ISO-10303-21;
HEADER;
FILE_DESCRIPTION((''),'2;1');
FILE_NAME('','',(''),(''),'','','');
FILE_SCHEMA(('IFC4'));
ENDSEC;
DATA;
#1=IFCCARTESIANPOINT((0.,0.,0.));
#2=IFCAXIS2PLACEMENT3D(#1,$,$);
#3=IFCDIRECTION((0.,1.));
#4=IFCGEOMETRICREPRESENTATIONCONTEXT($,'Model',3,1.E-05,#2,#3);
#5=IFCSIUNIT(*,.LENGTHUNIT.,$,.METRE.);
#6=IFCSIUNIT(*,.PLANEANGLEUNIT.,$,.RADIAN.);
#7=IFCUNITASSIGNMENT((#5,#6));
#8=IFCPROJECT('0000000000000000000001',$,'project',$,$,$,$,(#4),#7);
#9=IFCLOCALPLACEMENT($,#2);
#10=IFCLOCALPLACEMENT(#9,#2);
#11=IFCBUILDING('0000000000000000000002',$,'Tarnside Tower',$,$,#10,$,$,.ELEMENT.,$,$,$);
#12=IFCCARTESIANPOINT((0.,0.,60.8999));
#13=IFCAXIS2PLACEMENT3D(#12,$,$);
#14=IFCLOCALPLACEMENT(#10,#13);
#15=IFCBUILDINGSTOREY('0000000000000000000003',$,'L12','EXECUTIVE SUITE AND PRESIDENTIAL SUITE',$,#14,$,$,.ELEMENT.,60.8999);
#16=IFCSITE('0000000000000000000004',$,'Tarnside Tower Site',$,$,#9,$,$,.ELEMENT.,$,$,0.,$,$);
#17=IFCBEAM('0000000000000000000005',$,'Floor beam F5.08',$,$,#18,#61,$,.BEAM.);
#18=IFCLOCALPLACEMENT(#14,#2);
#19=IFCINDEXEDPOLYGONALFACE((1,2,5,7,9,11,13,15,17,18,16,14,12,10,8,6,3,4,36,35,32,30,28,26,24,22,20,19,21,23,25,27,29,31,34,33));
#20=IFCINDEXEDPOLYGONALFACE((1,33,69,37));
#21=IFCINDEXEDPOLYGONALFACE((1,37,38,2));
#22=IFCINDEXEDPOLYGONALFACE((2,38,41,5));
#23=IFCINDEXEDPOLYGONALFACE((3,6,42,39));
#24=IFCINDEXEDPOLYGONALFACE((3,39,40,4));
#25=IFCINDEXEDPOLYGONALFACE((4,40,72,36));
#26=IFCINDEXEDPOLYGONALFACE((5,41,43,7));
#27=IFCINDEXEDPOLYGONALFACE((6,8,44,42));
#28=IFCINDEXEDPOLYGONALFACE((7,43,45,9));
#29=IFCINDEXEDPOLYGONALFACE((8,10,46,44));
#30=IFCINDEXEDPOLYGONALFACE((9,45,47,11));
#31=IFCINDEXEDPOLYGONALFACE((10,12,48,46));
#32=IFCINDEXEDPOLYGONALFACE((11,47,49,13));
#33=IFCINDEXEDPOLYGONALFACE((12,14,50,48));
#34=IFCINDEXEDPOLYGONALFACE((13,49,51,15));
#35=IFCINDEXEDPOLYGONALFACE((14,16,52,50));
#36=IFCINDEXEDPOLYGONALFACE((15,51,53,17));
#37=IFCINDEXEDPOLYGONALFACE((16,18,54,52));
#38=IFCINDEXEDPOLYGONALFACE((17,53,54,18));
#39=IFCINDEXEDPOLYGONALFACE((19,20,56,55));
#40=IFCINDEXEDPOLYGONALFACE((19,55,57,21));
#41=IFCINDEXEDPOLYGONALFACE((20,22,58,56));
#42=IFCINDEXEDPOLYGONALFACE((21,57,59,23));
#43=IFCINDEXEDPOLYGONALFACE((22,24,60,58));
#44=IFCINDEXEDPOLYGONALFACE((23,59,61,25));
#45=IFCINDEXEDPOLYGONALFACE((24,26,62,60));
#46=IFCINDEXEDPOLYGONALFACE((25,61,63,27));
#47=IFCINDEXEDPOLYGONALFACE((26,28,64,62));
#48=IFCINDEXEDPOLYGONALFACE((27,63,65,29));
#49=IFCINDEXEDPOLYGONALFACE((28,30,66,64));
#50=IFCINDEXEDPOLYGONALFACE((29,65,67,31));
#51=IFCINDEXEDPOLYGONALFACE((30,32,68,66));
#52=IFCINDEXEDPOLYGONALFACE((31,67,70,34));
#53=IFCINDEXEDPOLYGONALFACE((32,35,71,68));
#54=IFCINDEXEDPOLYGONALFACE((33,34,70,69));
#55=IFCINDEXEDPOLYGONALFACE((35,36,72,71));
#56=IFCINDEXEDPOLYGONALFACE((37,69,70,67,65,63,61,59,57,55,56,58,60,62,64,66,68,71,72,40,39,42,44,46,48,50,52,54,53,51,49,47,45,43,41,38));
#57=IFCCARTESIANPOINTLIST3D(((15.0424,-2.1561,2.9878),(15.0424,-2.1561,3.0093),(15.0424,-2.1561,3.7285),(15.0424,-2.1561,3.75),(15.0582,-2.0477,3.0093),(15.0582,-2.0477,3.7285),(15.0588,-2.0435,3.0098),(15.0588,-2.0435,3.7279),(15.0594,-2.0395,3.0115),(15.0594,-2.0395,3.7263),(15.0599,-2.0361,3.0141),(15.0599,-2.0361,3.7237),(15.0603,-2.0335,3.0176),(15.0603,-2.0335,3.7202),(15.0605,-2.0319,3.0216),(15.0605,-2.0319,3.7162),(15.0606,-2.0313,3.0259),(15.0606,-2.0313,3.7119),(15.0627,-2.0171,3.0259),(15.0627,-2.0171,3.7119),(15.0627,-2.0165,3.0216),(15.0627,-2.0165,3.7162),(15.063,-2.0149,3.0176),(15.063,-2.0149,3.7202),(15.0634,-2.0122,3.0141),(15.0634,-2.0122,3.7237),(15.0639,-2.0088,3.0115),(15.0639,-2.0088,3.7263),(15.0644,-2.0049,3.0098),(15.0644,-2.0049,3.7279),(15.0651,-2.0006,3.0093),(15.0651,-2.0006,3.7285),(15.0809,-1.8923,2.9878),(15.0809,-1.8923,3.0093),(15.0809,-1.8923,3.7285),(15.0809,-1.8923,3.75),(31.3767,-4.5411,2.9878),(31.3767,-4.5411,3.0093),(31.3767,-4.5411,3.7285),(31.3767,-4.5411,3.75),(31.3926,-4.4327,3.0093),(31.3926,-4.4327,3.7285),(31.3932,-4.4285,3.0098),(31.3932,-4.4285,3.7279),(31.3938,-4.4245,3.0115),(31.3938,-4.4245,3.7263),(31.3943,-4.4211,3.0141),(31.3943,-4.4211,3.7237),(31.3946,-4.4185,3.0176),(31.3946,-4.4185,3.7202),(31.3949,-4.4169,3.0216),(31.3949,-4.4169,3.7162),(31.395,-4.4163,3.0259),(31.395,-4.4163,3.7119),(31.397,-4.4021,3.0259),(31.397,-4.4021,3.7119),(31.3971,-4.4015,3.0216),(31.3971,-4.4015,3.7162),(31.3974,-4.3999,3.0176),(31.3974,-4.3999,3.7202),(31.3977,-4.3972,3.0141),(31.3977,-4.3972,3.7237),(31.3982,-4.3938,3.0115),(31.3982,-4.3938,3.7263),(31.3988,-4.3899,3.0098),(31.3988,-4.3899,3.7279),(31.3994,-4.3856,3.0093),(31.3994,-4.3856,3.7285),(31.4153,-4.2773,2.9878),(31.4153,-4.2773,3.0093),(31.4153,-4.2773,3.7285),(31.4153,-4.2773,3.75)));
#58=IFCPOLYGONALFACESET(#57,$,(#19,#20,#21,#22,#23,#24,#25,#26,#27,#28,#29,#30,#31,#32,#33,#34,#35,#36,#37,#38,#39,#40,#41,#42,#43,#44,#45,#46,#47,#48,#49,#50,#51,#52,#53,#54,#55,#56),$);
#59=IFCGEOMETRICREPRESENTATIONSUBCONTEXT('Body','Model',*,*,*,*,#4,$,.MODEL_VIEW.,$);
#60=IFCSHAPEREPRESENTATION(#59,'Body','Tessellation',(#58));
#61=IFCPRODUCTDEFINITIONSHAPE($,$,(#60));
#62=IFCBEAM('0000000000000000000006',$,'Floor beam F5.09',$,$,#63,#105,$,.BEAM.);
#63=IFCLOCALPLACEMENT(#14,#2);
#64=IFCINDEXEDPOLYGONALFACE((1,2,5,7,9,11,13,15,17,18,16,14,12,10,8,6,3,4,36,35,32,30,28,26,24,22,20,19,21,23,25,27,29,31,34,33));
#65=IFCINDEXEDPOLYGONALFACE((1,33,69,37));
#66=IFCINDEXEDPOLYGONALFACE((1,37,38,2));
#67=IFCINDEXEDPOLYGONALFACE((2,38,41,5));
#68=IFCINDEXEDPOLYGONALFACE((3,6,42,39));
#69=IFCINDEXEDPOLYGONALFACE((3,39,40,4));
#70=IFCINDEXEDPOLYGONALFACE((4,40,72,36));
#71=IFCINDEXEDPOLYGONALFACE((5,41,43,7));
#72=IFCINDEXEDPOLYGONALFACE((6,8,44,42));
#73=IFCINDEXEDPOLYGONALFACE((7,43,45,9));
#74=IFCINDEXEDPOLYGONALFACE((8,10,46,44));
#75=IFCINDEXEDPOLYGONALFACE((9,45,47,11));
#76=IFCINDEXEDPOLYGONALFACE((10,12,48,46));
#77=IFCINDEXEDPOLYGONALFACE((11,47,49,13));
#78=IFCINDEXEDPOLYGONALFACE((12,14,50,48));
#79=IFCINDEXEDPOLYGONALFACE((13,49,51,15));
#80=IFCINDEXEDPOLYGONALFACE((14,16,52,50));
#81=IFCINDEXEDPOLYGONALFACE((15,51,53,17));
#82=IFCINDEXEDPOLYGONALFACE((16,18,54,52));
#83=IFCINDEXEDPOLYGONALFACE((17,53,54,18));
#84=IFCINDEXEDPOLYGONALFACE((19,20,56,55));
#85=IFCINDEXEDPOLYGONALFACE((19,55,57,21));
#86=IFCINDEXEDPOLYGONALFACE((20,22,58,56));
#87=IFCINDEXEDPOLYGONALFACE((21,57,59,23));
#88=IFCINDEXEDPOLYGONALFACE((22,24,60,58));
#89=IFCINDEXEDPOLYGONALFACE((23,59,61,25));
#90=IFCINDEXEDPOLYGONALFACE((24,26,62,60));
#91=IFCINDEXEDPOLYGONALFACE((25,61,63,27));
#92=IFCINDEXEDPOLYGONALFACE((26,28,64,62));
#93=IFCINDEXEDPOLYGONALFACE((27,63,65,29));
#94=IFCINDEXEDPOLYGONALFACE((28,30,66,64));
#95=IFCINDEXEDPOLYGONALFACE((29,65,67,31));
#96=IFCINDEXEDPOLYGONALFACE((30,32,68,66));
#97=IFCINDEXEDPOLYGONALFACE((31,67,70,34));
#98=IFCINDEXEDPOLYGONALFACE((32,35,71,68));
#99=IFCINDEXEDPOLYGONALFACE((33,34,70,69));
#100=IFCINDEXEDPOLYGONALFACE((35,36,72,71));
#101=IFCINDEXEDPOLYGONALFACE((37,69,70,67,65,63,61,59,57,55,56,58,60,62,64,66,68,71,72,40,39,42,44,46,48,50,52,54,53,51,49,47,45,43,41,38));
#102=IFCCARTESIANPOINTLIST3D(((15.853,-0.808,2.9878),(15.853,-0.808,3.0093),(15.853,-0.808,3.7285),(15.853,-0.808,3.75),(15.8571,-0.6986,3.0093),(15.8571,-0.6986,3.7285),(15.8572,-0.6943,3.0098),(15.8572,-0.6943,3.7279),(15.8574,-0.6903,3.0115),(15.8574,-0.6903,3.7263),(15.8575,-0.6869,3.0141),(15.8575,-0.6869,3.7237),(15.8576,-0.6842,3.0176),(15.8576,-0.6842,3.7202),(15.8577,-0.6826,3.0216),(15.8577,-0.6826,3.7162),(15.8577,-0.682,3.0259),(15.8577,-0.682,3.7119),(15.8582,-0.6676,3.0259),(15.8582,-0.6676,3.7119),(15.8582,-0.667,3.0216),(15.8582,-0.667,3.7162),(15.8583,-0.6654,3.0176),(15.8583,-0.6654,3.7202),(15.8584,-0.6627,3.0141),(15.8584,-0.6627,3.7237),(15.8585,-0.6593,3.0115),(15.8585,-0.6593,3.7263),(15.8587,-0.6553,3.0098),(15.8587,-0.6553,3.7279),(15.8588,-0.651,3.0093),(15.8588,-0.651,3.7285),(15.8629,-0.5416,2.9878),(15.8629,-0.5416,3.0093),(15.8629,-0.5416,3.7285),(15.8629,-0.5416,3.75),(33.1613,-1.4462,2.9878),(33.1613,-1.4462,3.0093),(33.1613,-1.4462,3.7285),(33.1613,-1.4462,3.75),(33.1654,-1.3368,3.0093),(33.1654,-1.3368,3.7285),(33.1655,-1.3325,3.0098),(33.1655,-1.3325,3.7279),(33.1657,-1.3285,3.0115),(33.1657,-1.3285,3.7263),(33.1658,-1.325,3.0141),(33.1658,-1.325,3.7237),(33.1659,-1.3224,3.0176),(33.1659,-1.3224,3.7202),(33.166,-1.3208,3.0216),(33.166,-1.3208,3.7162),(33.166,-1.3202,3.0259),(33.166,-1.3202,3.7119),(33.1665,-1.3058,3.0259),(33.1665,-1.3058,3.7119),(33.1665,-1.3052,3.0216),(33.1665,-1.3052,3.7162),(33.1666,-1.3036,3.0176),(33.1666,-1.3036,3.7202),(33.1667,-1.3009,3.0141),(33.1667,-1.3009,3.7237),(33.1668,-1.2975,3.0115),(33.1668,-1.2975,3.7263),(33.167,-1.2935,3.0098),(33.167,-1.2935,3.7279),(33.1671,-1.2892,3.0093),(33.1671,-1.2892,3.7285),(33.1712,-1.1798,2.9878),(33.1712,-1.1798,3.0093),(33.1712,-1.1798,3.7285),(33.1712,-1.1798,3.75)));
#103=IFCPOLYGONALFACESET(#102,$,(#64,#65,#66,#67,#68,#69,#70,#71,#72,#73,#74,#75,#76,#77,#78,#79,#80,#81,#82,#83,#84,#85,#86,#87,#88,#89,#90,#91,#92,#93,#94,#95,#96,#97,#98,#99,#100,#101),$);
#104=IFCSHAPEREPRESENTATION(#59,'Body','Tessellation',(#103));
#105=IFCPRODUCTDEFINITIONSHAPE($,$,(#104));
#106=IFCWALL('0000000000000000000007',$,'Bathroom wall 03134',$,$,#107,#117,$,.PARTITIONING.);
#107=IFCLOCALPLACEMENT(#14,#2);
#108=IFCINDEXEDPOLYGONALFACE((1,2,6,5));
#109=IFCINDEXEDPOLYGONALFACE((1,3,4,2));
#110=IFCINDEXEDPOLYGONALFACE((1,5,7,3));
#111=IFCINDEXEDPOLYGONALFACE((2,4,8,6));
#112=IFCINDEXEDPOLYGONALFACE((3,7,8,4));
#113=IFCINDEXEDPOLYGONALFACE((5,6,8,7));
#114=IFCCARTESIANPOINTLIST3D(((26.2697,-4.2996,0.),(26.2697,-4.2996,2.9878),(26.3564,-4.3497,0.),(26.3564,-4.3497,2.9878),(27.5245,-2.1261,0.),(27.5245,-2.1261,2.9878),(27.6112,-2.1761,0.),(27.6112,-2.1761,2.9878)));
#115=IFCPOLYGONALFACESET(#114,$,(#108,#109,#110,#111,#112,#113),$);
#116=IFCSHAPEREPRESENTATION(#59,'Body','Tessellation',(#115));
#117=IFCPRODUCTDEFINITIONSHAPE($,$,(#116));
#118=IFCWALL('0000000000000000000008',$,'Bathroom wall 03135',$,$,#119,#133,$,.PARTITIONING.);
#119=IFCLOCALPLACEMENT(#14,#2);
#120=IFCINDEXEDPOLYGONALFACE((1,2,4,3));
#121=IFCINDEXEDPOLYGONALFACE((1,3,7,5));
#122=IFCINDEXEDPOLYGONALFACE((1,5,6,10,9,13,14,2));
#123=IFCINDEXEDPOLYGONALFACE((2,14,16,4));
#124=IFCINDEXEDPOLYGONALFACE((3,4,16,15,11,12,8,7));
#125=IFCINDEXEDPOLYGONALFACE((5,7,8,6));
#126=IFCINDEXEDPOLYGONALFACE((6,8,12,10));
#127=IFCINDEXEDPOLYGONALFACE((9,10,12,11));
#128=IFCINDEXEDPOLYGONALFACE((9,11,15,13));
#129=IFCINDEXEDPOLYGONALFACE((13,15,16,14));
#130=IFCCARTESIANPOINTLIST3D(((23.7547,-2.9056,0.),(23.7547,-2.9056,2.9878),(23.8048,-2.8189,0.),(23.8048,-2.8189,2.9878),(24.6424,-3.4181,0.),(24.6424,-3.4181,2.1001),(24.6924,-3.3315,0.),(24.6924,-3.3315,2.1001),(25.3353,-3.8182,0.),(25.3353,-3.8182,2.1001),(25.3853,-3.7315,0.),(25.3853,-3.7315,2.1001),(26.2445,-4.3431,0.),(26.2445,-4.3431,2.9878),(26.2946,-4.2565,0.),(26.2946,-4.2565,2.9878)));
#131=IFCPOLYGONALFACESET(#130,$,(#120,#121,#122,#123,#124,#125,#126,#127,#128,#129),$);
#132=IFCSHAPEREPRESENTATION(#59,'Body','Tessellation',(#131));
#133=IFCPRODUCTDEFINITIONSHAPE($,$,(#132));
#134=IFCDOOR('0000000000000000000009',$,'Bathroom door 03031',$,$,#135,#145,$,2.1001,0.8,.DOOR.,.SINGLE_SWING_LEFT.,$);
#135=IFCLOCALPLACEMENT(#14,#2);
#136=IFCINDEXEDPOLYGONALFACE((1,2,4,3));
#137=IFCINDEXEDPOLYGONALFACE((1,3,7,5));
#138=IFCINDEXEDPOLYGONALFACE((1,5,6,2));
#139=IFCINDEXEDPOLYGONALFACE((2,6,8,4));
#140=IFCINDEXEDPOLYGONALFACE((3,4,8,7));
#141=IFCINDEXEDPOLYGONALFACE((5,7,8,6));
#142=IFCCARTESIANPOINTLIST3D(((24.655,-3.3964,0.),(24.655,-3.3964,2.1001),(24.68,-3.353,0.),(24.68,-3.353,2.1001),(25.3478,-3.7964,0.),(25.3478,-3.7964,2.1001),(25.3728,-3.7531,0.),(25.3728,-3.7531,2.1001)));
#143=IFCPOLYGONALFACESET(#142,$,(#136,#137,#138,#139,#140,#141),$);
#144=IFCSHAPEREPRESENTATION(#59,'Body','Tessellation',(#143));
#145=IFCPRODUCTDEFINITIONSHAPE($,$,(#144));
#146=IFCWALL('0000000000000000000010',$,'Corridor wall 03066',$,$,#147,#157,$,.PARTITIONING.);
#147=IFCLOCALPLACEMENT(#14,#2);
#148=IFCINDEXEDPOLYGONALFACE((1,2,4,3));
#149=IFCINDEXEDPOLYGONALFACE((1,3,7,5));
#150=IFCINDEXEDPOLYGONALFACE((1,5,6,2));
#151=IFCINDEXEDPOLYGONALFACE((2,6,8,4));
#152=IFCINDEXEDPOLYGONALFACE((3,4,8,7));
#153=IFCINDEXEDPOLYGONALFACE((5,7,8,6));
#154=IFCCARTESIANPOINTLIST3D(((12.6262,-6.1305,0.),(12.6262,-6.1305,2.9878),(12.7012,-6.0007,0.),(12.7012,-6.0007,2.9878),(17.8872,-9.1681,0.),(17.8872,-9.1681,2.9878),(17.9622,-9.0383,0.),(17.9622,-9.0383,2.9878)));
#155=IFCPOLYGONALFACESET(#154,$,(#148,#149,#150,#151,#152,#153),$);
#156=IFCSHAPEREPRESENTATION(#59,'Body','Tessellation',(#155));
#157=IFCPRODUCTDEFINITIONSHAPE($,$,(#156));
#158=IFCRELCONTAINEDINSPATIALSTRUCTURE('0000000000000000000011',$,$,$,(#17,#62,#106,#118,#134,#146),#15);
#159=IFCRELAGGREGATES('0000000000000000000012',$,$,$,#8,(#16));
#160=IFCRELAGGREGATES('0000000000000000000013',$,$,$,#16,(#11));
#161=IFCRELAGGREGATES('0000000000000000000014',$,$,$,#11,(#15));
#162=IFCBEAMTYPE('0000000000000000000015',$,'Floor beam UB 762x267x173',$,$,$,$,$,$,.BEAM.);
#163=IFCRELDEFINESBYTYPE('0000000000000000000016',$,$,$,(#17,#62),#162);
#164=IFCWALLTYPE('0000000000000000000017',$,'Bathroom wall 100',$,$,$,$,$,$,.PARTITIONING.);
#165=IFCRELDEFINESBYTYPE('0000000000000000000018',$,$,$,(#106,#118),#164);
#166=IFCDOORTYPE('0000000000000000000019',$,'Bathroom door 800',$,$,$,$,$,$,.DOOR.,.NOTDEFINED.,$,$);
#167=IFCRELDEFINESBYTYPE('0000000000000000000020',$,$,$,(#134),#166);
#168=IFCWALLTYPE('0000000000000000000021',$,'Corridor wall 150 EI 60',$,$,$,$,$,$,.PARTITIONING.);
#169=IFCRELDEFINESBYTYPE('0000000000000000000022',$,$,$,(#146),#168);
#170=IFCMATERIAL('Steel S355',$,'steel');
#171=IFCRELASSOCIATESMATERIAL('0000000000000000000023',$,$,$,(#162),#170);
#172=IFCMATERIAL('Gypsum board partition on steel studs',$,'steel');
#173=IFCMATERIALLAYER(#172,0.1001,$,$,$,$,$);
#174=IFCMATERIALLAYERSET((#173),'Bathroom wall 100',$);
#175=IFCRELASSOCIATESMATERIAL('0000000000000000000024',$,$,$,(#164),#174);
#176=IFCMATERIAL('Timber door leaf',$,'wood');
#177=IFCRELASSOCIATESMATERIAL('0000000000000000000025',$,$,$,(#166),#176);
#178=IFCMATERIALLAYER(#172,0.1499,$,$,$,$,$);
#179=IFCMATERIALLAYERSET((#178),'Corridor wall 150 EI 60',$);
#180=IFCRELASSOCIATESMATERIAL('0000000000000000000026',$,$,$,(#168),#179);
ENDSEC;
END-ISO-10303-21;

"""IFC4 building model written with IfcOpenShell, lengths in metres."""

from ifc_helpers import new_model, si_unit, direction, frame, frame_2d, origin, origin_2d, place, context, subcontext, project, spatial, rectangle, i_section, extrude, material, layer, layer_set, material_profile, profile_set, type_object, element, fill, save


model = new_model("IFC4")

# Units and contexts
model_context = context("Model", 3, precision=1e-05, world=origin(), true_north=direction((0.0, 1.0)))
body_context = subcontext(model_context, "Body", "Model", "MODEL_VIEW")
ifc_project = project(units=[si_unit("LENGTHUNIT", "METRE"), si_unit("PLANEANGLEUNIT", "RADIAN")], contexts=[model_context])

# Site, building, storey
site_placement = place(None, origin())
site = spatial("IfcSite", under=ifc_project, at=site_placement, Name="Tarnside Tower Site", CompositionType="ELEMENT", RefElevation=0.0)
building_placement = place(site_placement, origin())
building = spatial("IfcBuilding", under=site, at=building_placement, Name="Tarnside Tower", CompositionType="ELEMENT")
storey_placement = place(building_placement, frame((0.0, 0.0, 60.8999)))
storey = spatial("IfcBuildingStorey", under=building, at=storey_placement, Name="L12", Description="EXECUTIVE SUITE AND PRESIDENTIAL SUITE", CompositionType="ELEMENT", Elevation=60.8999)

# Beams
ifc_material_1 = material(Name="Steel S355", Category="steel")
ifc_material_profile_1 = material_profile(ifc_material_1, i_section(OverallWidth=0.2666, OverallDepth=0.7622, WebThickness=0.0144, FlangeThickness=0.0215, FilletRadius=0.0166, at=origin_2d()), Name="UB 762x267x173")
ifc_profile_set_1 = profile_set([ifc_material_profile_1], Name="Steel S355")
beam_type_1 = type_object("IfcBeamType", Name="Floor beam UB 762x267x173", PredefinedType="BEAM", material=ifc_profile_set_1)
beam_1_placement = place(storey_placement, frame((31.396, -4.4092, 3.3689), z_axis=(-0.989508, 0.144479, 0.0), x_axis=(-0.144479, -0.989508, 0.0)))
element("IfcBeam", 1, at=beam_1_placement, inside=storey, type_object=beam_type_1, Name="Floor beam F5.08", PredefinedType="BEAM", context=body_context, shape_type="SweptSolid", body=[
    extrude(i_section(OverallWidth=0.2666, OverallDepth=0.7622, WebThickness=0.0144, FlangeThickness=0.0215, FilletRadius=0.0166, at=origin_2d()), origin(), (0.0, 0.0, 1.0), 16.5076),
])
beam_2_placement = place(storey_placement, frame((33.1663, -1.313, 3.3689), z_axis=(-0.999321, 0.036846, 0.0), x_axis=(-0.036846, -0.999321, 0.0)))
element("IfcBeam", 2, at=beam_2_placement, inside=storey, type_object=beam_type_1, Name="Floor beam F5.09", PredefinedType="BEAM", context=body_context, shape_type="SweptSolid", body=[
    extrude(i_section(OverallWidth=0.2666, OverallDepth=0.7622, WebThickness=0.0144, FlangeThickness=0.0215, FilletRadius=0.0166, at=origin_2d()), origin(), (0.0, 0.0, 1.0), 17.3201),
])

# Wall
ifc_material_2 = material(Name="Gypsum board partition on steel studs", Category="steel")
ifc_layer_1 = layer(ifc_material_2, 0.1001)
ifc_layer_set_1 = layer_set([ifc_layer_1], Name="Bathroom wall 100")
wall_type_1 = type_object("IfcWallType", Name="Bathroom wall 100", PredefinedType="PARTITIONING", material=ifc_layer_set_1)
wall_1_placement = place(storey_placement, frame((27.5679, -2.1511, 0.0), z_axis=(0.0, 0.0, 1.0), x_axis=(-0.499989, -0.866032, 0.0)))
element("IfcWall", 3, at=wall_1_placement, inside=storey, type_object=wall_type_1, Name="Bathroom wall 03134", PredefinedType="PARTITIONING", context=body_context, shape_type="SweptSolid", body=[
    extrude(rectangle(XDim=2.5098, YDim=0.1001, at=frame_2d((1.2549, 0.0))), origin(), (0.0, 0.0, 1.0), 2.9878),
])

# Wall, opening, door
wall_2_placement = place(storey_placement, frame((26.2695, -4.2998, 0.0), z_axis=(0.0, 0.0, 1.0), x_axis=(-0.866019, 0.500012, 0.0)))
wall_2 = element("IfcWall", 4, at=wall_2_placement, inside=storey, type_object=wall_type_1, Name="Bathroom wall 03135", PredefinedType="PARTITIONING", context=body_context, shape_type="SweptSolid", body=[
    extrude(rectangle(XDim=2.875, YDim=0.1001, at=frame_2d((1.4375, 0.0))), origin(), (0.0, 0.0, 1.0), 2.9878),
])
opening_1_placement = place(wall_2_placement, frame((1.05, 0.0, 0.0)))
opening_1 = element("IfcOpeningElement", 5, at=opening_1_placement, cuts=wall_2, PredefinedType="OPENING", context=body_context, shape_type="SweptSolid", body=[
    extrude(rectangle(XDim=0.8, YDim=2.1001, at=frame_2d((0.3999, 1.05))), frame((0.0, 0.0601, 0.0), z_axis=(0.0, -1.0, 0.0), x_axis=(1.0, 0.0, 0.0)), (0.0, 0.0, 1.0), 0.1201),
])
ifc_material_3 = material(Name="Timber door leaf", Category="wood")
door_type_1 = type_object("IfcDoorType", Name="Bathroom door 800", OperationType="NOTDEFINED", PredefinedType="DOOR", material=ifc_material_3)
door_1_placement = place(opening_1_placement, origin())
door_1 = element("IfcDoor", 6, at=door_1_placement, inside=storey, type_object=door_type_1, Name="Bathroom door 03031", OperationType="SINGLE_SWING_LEFT", OverallHeight=2.1001, OverallWidth=0.8, PredefinedType="DOOR", context=body_context, shape_type="SweptSolid", body=[
    extrude(rectangle(XDim=0.8, YDim=2.1001, at=frame_2d((0.3999, 1.05))), frame((0.0, 0.0249, 0.0), z_axis=(0.0, -1.0, 0.0), x_axis=(1.0, 0.0, 0.0)), (0.0, 0.0, 1.0), 0.05),
])
fill(opening_1, door_1)

# Wall
ifc_layer_2 = layer(ifc_material_2, 0.1499)
ifc_layer_set_2 = layer_set([ifc_layer_2], Name="Corridor wall 150 EI 60")
wall_type_2 = type_object("IfcWallType", Name="Corridor wall 150 EI 60", PredefinedType="PARTITIONING", material=ifc_layer_set_2)
wall_3_placement = place(storey_placement, frame((17.9248, -9.1033, 0.0), z_axis=(0.0, 0.0, 1.0), x_axis=(-0.866014, 0.50002, 0.0)))
element("IfcWall", 7, at=wall_3_placement, inside=storey, type_object=wall_type_2, Name="Corridor wall 03066", PredefinedType="PARTITIONING", context=body_context, shape_type="SweptSolid", body=[
    extrude(rectangle(XDim=6.075, YDim=0.1499, at=frame_2d((3.0376, 0.0))), origin(), (0.0, 0.0, 1.0), 2.9878),
])

save(model, "model.ifc")
